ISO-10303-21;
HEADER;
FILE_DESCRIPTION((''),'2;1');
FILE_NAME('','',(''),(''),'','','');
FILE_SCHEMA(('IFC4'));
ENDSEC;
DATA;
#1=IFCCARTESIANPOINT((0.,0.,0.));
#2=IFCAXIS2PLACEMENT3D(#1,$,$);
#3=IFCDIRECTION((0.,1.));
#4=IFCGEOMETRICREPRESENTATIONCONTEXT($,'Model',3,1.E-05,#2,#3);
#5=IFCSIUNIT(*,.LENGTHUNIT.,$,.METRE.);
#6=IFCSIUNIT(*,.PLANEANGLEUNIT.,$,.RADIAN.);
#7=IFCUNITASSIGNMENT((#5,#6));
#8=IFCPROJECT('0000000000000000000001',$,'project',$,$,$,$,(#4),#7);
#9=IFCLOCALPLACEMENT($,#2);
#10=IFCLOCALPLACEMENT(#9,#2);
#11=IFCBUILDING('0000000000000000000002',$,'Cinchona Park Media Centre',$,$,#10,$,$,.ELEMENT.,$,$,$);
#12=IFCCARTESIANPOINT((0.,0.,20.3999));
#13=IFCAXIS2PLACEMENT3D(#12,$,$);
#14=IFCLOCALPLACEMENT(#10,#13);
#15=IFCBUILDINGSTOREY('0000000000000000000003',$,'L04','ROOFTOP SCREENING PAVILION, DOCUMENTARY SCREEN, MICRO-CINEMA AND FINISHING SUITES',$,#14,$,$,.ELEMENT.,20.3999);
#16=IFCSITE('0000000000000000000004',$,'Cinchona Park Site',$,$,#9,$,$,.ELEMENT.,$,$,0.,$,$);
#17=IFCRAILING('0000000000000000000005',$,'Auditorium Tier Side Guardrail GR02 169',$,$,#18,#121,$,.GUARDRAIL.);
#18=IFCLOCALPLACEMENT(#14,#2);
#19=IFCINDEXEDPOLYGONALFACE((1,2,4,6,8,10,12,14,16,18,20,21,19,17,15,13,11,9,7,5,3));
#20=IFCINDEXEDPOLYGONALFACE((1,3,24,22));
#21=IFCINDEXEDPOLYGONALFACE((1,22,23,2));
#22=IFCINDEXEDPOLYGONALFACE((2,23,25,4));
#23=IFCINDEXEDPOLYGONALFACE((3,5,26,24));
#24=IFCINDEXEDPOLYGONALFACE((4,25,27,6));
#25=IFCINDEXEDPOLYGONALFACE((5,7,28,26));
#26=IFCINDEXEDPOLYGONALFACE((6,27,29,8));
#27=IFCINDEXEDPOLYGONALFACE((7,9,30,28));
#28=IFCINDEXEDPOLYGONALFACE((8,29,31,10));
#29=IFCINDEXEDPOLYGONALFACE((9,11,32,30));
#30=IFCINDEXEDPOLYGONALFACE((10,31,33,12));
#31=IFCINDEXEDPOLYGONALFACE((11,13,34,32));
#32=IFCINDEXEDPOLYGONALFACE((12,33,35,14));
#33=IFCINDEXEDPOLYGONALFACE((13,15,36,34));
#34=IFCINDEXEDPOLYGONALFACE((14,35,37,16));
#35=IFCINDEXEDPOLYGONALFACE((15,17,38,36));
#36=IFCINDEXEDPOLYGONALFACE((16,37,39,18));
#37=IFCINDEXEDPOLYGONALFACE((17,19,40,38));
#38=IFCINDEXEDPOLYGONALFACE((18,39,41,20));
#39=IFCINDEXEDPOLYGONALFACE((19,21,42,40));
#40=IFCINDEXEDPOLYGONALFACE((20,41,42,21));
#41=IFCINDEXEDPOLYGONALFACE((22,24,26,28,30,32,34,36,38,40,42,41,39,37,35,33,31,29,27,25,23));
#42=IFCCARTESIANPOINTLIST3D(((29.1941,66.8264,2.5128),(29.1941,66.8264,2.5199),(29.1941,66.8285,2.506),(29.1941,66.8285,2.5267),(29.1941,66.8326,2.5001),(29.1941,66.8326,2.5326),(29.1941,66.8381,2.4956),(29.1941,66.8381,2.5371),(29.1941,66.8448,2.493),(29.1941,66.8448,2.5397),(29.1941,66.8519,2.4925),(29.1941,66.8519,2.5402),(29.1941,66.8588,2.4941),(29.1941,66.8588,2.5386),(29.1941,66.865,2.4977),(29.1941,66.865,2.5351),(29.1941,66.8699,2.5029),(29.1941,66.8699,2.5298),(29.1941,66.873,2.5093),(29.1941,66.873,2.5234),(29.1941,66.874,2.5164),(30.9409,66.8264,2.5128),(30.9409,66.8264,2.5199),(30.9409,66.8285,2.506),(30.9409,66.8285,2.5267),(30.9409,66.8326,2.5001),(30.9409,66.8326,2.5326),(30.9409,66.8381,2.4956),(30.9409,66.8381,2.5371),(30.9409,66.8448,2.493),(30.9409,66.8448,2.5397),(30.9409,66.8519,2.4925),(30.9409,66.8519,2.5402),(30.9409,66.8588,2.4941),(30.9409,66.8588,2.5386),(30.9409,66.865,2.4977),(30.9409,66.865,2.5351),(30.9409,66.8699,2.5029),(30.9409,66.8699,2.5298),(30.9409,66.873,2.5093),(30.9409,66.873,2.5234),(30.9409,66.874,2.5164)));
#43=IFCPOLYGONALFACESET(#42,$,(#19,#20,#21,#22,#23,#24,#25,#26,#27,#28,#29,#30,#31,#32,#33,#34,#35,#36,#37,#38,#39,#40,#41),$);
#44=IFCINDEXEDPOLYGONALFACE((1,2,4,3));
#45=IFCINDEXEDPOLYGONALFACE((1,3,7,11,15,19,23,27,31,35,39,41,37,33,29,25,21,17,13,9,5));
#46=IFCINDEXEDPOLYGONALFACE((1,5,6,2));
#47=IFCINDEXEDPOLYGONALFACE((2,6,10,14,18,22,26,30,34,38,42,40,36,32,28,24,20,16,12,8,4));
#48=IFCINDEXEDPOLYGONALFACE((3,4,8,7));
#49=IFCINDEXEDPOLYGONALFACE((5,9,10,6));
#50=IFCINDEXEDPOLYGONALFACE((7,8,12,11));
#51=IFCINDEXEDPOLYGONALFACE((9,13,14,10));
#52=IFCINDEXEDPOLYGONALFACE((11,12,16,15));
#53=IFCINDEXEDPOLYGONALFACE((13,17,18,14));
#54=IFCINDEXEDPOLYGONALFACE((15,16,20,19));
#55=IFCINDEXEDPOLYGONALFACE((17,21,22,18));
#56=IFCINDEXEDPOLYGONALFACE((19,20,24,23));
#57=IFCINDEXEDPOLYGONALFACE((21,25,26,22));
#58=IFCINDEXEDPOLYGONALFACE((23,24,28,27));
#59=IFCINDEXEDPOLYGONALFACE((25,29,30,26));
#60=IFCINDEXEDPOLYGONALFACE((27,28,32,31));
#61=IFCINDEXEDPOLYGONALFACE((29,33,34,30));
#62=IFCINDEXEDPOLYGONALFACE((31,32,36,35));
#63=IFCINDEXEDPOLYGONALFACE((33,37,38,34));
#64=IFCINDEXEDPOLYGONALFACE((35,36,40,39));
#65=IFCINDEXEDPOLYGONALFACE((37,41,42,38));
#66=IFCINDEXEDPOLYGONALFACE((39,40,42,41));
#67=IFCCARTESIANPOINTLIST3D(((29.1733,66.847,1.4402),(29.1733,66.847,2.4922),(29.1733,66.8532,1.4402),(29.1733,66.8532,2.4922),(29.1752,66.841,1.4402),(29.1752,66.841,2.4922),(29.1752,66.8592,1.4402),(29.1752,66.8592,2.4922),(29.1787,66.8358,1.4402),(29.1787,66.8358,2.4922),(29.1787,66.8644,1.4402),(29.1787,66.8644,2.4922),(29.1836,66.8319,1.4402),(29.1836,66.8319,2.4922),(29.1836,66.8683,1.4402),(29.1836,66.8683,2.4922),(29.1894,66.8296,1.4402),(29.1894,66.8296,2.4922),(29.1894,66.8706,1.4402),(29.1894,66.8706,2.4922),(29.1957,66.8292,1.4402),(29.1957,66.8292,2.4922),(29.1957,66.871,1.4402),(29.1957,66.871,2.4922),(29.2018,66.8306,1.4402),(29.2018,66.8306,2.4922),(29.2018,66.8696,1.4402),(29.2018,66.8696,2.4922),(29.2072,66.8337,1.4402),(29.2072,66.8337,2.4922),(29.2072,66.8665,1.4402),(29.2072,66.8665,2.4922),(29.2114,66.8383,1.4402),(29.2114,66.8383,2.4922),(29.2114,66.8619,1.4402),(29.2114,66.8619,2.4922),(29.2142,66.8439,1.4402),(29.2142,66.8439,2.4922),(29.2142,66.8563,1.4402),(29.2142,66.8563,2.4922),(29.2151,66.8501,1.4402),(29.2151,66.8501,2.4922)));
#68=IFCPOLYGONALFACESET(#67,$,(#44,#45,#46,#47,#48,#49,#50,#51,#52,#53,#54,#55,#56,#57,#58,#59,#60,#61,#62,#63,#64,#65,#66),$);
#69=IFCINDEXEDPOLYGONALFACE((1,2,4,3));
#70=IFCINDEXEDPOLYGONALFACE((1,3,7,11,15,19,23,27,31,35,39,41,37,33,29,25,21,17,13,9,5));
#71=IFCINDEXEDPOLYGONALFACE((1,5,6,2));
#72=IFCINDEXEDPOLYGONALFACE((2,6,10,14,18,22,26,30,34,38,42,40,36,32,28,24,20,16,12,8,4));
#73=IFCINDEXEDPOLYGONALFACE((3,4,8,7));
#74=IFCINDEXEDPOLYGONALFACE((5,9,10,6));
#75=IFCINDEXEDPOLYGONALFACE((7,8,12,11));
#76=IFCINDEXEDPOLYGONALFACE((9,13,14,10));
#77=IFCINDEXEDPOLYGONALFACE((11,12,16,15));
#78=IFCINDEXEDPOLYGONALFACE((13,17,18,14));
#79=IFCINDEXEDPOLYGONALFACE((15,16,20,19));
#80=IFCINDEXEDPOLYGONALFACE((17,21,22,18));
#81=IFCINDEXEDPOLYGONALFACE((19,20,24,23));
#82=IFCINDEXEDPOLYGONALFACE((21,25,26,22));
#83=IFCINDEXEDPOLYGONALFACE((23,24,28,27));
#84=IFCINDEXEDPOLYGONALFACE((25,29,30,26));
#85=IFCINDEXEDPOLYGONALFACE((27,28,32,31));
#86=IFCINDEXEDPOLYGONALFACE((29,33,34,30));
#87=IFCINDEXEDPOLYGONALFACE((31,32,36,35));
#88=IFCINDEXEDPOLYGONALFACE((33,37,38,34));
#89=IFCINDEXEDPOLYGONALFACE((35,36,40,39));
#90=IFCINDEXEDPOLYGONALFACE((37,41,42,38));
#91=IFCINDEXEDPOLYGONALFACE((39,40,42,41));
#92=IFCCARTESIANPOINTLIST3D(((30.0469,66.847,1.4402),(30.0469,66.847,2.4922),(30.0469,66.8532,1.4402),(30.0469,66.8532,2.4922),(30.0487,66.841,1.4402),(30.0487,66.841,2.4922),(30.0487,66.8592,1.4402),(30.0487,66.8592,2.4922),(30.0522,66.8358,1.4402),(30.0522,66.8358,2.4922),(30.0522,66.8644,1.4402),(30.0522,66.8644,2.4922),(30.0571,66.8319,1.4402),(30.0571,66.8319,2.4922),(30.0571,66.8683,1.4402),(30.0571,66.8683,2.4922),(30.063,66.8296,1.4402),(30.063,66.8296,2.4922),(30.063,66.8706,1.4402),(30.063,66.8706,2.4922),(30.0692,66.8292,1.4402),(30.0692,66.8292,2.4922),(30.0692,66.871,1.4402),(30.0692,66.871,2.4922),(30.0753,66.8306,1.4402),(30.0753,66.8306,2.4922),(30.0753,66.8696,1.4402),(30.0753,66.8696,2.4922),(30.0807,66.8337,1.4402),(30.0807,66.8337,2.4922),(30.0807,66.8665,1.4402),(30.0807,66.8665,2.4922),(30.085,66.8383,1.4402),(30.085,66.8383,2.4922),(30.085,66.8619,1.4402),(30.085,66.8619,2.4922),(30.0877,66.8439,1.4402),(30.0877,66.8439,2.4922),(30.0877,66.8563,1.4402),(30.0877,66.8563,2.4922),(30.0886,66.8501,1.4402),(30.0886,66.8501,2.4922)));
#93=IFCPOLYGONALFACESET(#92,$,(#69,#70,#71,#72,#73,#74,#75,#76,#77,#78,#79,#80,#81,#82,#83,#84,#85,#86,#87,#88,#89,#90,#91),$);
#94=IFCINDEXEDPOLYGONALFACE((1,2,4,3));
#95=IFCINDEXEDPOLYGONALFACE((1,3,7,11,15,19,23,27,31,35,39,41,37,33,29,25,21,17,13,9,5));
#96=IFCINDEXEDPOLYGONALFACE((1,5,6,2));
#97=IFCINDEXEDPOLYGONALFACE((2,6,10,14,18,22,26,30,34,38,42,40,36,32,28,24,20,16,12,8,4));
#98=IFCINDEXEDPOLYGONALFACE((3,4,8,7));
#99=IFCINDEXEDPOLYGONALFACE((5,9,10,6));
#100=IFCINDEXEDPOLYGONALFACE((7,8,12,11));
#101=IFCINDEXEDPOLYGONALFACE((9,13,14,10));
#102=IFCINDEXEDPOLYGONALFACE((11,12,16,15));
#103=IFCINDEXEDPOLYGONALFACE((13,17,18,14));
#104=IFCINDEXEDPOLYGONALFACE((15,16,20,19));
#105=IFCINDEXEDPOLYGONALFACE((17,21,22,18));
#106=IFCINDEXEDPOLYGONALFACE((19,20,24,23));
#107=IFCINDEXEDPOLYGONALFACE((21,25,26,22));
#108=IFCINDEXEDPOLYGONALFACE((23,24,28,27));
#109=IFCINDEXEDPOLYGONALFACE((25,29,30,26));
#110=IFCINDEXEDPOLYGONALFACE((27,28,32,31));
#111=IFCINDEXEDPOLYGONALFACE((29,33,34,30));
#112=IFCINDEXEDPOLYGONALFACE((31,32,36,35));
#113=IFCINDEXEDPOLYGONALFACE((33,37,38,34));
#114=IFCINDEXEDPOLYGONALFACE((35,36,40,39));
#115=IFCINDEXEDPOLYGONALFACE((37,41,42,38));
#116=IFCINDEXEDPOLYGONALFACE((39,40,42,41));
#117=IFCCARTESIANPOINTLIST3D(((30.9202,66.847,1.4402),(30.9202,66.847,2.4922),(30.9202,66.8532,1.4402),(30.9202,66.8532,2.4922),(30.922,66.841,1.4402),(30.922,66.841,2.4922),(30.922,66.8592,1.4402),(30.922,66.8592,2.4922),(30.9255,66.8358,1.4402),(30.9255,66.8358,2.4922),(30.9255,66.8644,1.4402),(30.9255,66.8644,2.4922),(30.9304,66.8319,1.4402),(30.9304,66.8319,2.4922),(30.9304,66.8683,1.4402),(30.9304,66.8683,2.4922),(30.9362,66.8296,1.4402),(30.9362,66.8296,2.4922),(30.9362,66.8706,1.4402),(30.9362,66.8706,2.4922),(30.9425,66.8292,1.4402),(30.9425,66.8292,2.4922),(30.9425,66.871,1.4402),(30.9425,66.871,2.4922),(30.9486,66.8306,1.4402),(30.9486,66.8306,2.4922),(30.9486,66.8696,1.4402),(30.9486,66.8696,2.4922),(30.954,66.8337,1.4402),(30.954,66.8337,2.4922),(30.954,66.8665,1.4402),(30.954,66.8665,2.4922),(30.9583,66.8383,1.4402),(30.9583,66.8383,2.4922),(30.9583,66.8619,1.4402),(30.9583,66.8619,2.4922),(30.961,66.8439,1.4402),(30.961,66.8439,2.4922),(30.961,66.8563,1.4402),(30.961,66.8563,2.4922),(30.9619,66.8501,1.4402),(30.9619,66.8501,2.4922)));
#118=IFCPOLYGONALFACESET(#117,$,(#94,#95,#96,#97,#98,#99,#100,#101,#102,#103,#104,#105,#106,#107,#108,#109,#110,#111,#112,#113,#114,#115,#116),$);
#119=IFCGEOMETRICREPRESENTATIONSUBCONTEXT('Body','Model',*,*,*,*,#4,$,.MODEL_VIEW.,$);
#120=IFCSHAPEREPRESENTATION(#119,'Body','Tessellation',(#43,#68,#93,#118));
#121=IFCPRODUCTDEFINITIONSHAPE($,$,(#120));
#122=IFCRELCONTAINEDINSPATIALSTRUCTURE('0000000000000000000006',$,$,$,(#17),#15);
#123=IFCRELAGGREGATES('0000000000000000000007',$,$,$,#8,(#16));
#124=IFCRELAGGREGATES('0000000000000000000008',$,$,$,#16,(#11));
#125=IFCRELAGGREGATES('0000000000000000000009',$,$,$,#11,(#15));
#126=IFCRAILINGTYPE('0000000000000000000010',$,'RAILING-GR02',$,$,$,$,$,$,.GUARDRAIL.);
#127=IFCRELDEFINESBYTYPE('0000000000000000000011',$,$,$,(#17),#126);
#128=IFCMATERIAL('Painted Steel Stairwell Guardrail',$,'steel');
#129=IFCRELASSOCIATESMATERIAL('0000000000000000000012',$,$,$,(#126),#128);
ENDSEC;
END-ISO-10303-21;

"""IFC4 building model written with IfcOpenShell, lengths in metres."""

from ifc_helpers import new_model, si_unit, direction, frame, origin, origin_2d, place, context, subcontext, project, spatial, circle, extrude, material, type_object, element, save


model = new_model("IFC4")

# Units and contexts
model_context = context("Model", 3, precision=1e-05, world=origin(), true_north=direction((0.0, 1.0)))
body_context = subcontext(model_context, "Body", "Model", "MODEL_VIEW")
ifc_project = project(units=[si_unit("LENGTHUNIT", "METRE"), si_unit("PLANEANGLEUNIT", "RADIAN")], contexts=[model_context])

# Site, building, storey
site_placement = place(None, origin())
site = spatial("IfcSite", under=ifc_project, at=site_placement, Name="Cinchona Park Site", CompositionType="ELEMENT", RefElevation=0.0)
building_placement = place(site_placement, origin())
building = spatial("IfcBuilding", under=site, at=building_placement, Name="Cinchona Park Media Centre", CompositionType="ELEMENT")
storey_placement = place(building_placement, frame((0.0, 0.0, 20.3999)))
storey = spatial("IfcBuildingStorey", under=building, at=storey_placement, Name="L04", Description="ROOFTOP SCREENING PAVILION, DOCUMENTARY SCREEN, MICRO-CINEMA AND FINISHING SUITES", CompositionType="ELEMENT", Elevation=20.3999)

# Railing
ifc_material_1 = material(Name="Painted Steel Stairwell Guardrail", Category="steel")
railing_type_1 = type_object("IfcRailingType", Name="RAILING-GR02", PredefinedType="GUARDRAIL", material=ifc_material_1)
railing_1_placement = place(storey_placement, frame((29.1941, 66.8501, 1.4402)))
element("IfcRailing", 1, at=railing_1_placement, inside=storey, type_object=railing_type_1, Name="Auditorium Tier Side Guardrail GR02 169", PredefinedType="GUARDRAIL", context=body_context, shape_type="SweptSolid", body=[
    extrude(circle(Radius=0.0239, at=origin_2d()), frame((0.0, 0.0, 1.0762), z_axis=(1.0, 0.0, 0.0), x_axis=(0.0, 1.0, 0.0)), (0.0, 0.0, 1.0), 1.7468),
    extrude(circle(Radius=0.021, at=origin_2d()), origin(), (0.0, 0.0, 1.0), 1.052),
    extrude(circle(Radius=0.021, at=origin_2d()), frame((0.8735, 0.0, 0.0)), (0.0, 0.0, 1.0), 1.052),
    extrude(circle(Radius=0.021, at=origin_2d()), frame((1.7468, 0.0, 0.0)), (0.0, 0.0, 1.0), 1.052),
])

save(model, "model.ifc")
